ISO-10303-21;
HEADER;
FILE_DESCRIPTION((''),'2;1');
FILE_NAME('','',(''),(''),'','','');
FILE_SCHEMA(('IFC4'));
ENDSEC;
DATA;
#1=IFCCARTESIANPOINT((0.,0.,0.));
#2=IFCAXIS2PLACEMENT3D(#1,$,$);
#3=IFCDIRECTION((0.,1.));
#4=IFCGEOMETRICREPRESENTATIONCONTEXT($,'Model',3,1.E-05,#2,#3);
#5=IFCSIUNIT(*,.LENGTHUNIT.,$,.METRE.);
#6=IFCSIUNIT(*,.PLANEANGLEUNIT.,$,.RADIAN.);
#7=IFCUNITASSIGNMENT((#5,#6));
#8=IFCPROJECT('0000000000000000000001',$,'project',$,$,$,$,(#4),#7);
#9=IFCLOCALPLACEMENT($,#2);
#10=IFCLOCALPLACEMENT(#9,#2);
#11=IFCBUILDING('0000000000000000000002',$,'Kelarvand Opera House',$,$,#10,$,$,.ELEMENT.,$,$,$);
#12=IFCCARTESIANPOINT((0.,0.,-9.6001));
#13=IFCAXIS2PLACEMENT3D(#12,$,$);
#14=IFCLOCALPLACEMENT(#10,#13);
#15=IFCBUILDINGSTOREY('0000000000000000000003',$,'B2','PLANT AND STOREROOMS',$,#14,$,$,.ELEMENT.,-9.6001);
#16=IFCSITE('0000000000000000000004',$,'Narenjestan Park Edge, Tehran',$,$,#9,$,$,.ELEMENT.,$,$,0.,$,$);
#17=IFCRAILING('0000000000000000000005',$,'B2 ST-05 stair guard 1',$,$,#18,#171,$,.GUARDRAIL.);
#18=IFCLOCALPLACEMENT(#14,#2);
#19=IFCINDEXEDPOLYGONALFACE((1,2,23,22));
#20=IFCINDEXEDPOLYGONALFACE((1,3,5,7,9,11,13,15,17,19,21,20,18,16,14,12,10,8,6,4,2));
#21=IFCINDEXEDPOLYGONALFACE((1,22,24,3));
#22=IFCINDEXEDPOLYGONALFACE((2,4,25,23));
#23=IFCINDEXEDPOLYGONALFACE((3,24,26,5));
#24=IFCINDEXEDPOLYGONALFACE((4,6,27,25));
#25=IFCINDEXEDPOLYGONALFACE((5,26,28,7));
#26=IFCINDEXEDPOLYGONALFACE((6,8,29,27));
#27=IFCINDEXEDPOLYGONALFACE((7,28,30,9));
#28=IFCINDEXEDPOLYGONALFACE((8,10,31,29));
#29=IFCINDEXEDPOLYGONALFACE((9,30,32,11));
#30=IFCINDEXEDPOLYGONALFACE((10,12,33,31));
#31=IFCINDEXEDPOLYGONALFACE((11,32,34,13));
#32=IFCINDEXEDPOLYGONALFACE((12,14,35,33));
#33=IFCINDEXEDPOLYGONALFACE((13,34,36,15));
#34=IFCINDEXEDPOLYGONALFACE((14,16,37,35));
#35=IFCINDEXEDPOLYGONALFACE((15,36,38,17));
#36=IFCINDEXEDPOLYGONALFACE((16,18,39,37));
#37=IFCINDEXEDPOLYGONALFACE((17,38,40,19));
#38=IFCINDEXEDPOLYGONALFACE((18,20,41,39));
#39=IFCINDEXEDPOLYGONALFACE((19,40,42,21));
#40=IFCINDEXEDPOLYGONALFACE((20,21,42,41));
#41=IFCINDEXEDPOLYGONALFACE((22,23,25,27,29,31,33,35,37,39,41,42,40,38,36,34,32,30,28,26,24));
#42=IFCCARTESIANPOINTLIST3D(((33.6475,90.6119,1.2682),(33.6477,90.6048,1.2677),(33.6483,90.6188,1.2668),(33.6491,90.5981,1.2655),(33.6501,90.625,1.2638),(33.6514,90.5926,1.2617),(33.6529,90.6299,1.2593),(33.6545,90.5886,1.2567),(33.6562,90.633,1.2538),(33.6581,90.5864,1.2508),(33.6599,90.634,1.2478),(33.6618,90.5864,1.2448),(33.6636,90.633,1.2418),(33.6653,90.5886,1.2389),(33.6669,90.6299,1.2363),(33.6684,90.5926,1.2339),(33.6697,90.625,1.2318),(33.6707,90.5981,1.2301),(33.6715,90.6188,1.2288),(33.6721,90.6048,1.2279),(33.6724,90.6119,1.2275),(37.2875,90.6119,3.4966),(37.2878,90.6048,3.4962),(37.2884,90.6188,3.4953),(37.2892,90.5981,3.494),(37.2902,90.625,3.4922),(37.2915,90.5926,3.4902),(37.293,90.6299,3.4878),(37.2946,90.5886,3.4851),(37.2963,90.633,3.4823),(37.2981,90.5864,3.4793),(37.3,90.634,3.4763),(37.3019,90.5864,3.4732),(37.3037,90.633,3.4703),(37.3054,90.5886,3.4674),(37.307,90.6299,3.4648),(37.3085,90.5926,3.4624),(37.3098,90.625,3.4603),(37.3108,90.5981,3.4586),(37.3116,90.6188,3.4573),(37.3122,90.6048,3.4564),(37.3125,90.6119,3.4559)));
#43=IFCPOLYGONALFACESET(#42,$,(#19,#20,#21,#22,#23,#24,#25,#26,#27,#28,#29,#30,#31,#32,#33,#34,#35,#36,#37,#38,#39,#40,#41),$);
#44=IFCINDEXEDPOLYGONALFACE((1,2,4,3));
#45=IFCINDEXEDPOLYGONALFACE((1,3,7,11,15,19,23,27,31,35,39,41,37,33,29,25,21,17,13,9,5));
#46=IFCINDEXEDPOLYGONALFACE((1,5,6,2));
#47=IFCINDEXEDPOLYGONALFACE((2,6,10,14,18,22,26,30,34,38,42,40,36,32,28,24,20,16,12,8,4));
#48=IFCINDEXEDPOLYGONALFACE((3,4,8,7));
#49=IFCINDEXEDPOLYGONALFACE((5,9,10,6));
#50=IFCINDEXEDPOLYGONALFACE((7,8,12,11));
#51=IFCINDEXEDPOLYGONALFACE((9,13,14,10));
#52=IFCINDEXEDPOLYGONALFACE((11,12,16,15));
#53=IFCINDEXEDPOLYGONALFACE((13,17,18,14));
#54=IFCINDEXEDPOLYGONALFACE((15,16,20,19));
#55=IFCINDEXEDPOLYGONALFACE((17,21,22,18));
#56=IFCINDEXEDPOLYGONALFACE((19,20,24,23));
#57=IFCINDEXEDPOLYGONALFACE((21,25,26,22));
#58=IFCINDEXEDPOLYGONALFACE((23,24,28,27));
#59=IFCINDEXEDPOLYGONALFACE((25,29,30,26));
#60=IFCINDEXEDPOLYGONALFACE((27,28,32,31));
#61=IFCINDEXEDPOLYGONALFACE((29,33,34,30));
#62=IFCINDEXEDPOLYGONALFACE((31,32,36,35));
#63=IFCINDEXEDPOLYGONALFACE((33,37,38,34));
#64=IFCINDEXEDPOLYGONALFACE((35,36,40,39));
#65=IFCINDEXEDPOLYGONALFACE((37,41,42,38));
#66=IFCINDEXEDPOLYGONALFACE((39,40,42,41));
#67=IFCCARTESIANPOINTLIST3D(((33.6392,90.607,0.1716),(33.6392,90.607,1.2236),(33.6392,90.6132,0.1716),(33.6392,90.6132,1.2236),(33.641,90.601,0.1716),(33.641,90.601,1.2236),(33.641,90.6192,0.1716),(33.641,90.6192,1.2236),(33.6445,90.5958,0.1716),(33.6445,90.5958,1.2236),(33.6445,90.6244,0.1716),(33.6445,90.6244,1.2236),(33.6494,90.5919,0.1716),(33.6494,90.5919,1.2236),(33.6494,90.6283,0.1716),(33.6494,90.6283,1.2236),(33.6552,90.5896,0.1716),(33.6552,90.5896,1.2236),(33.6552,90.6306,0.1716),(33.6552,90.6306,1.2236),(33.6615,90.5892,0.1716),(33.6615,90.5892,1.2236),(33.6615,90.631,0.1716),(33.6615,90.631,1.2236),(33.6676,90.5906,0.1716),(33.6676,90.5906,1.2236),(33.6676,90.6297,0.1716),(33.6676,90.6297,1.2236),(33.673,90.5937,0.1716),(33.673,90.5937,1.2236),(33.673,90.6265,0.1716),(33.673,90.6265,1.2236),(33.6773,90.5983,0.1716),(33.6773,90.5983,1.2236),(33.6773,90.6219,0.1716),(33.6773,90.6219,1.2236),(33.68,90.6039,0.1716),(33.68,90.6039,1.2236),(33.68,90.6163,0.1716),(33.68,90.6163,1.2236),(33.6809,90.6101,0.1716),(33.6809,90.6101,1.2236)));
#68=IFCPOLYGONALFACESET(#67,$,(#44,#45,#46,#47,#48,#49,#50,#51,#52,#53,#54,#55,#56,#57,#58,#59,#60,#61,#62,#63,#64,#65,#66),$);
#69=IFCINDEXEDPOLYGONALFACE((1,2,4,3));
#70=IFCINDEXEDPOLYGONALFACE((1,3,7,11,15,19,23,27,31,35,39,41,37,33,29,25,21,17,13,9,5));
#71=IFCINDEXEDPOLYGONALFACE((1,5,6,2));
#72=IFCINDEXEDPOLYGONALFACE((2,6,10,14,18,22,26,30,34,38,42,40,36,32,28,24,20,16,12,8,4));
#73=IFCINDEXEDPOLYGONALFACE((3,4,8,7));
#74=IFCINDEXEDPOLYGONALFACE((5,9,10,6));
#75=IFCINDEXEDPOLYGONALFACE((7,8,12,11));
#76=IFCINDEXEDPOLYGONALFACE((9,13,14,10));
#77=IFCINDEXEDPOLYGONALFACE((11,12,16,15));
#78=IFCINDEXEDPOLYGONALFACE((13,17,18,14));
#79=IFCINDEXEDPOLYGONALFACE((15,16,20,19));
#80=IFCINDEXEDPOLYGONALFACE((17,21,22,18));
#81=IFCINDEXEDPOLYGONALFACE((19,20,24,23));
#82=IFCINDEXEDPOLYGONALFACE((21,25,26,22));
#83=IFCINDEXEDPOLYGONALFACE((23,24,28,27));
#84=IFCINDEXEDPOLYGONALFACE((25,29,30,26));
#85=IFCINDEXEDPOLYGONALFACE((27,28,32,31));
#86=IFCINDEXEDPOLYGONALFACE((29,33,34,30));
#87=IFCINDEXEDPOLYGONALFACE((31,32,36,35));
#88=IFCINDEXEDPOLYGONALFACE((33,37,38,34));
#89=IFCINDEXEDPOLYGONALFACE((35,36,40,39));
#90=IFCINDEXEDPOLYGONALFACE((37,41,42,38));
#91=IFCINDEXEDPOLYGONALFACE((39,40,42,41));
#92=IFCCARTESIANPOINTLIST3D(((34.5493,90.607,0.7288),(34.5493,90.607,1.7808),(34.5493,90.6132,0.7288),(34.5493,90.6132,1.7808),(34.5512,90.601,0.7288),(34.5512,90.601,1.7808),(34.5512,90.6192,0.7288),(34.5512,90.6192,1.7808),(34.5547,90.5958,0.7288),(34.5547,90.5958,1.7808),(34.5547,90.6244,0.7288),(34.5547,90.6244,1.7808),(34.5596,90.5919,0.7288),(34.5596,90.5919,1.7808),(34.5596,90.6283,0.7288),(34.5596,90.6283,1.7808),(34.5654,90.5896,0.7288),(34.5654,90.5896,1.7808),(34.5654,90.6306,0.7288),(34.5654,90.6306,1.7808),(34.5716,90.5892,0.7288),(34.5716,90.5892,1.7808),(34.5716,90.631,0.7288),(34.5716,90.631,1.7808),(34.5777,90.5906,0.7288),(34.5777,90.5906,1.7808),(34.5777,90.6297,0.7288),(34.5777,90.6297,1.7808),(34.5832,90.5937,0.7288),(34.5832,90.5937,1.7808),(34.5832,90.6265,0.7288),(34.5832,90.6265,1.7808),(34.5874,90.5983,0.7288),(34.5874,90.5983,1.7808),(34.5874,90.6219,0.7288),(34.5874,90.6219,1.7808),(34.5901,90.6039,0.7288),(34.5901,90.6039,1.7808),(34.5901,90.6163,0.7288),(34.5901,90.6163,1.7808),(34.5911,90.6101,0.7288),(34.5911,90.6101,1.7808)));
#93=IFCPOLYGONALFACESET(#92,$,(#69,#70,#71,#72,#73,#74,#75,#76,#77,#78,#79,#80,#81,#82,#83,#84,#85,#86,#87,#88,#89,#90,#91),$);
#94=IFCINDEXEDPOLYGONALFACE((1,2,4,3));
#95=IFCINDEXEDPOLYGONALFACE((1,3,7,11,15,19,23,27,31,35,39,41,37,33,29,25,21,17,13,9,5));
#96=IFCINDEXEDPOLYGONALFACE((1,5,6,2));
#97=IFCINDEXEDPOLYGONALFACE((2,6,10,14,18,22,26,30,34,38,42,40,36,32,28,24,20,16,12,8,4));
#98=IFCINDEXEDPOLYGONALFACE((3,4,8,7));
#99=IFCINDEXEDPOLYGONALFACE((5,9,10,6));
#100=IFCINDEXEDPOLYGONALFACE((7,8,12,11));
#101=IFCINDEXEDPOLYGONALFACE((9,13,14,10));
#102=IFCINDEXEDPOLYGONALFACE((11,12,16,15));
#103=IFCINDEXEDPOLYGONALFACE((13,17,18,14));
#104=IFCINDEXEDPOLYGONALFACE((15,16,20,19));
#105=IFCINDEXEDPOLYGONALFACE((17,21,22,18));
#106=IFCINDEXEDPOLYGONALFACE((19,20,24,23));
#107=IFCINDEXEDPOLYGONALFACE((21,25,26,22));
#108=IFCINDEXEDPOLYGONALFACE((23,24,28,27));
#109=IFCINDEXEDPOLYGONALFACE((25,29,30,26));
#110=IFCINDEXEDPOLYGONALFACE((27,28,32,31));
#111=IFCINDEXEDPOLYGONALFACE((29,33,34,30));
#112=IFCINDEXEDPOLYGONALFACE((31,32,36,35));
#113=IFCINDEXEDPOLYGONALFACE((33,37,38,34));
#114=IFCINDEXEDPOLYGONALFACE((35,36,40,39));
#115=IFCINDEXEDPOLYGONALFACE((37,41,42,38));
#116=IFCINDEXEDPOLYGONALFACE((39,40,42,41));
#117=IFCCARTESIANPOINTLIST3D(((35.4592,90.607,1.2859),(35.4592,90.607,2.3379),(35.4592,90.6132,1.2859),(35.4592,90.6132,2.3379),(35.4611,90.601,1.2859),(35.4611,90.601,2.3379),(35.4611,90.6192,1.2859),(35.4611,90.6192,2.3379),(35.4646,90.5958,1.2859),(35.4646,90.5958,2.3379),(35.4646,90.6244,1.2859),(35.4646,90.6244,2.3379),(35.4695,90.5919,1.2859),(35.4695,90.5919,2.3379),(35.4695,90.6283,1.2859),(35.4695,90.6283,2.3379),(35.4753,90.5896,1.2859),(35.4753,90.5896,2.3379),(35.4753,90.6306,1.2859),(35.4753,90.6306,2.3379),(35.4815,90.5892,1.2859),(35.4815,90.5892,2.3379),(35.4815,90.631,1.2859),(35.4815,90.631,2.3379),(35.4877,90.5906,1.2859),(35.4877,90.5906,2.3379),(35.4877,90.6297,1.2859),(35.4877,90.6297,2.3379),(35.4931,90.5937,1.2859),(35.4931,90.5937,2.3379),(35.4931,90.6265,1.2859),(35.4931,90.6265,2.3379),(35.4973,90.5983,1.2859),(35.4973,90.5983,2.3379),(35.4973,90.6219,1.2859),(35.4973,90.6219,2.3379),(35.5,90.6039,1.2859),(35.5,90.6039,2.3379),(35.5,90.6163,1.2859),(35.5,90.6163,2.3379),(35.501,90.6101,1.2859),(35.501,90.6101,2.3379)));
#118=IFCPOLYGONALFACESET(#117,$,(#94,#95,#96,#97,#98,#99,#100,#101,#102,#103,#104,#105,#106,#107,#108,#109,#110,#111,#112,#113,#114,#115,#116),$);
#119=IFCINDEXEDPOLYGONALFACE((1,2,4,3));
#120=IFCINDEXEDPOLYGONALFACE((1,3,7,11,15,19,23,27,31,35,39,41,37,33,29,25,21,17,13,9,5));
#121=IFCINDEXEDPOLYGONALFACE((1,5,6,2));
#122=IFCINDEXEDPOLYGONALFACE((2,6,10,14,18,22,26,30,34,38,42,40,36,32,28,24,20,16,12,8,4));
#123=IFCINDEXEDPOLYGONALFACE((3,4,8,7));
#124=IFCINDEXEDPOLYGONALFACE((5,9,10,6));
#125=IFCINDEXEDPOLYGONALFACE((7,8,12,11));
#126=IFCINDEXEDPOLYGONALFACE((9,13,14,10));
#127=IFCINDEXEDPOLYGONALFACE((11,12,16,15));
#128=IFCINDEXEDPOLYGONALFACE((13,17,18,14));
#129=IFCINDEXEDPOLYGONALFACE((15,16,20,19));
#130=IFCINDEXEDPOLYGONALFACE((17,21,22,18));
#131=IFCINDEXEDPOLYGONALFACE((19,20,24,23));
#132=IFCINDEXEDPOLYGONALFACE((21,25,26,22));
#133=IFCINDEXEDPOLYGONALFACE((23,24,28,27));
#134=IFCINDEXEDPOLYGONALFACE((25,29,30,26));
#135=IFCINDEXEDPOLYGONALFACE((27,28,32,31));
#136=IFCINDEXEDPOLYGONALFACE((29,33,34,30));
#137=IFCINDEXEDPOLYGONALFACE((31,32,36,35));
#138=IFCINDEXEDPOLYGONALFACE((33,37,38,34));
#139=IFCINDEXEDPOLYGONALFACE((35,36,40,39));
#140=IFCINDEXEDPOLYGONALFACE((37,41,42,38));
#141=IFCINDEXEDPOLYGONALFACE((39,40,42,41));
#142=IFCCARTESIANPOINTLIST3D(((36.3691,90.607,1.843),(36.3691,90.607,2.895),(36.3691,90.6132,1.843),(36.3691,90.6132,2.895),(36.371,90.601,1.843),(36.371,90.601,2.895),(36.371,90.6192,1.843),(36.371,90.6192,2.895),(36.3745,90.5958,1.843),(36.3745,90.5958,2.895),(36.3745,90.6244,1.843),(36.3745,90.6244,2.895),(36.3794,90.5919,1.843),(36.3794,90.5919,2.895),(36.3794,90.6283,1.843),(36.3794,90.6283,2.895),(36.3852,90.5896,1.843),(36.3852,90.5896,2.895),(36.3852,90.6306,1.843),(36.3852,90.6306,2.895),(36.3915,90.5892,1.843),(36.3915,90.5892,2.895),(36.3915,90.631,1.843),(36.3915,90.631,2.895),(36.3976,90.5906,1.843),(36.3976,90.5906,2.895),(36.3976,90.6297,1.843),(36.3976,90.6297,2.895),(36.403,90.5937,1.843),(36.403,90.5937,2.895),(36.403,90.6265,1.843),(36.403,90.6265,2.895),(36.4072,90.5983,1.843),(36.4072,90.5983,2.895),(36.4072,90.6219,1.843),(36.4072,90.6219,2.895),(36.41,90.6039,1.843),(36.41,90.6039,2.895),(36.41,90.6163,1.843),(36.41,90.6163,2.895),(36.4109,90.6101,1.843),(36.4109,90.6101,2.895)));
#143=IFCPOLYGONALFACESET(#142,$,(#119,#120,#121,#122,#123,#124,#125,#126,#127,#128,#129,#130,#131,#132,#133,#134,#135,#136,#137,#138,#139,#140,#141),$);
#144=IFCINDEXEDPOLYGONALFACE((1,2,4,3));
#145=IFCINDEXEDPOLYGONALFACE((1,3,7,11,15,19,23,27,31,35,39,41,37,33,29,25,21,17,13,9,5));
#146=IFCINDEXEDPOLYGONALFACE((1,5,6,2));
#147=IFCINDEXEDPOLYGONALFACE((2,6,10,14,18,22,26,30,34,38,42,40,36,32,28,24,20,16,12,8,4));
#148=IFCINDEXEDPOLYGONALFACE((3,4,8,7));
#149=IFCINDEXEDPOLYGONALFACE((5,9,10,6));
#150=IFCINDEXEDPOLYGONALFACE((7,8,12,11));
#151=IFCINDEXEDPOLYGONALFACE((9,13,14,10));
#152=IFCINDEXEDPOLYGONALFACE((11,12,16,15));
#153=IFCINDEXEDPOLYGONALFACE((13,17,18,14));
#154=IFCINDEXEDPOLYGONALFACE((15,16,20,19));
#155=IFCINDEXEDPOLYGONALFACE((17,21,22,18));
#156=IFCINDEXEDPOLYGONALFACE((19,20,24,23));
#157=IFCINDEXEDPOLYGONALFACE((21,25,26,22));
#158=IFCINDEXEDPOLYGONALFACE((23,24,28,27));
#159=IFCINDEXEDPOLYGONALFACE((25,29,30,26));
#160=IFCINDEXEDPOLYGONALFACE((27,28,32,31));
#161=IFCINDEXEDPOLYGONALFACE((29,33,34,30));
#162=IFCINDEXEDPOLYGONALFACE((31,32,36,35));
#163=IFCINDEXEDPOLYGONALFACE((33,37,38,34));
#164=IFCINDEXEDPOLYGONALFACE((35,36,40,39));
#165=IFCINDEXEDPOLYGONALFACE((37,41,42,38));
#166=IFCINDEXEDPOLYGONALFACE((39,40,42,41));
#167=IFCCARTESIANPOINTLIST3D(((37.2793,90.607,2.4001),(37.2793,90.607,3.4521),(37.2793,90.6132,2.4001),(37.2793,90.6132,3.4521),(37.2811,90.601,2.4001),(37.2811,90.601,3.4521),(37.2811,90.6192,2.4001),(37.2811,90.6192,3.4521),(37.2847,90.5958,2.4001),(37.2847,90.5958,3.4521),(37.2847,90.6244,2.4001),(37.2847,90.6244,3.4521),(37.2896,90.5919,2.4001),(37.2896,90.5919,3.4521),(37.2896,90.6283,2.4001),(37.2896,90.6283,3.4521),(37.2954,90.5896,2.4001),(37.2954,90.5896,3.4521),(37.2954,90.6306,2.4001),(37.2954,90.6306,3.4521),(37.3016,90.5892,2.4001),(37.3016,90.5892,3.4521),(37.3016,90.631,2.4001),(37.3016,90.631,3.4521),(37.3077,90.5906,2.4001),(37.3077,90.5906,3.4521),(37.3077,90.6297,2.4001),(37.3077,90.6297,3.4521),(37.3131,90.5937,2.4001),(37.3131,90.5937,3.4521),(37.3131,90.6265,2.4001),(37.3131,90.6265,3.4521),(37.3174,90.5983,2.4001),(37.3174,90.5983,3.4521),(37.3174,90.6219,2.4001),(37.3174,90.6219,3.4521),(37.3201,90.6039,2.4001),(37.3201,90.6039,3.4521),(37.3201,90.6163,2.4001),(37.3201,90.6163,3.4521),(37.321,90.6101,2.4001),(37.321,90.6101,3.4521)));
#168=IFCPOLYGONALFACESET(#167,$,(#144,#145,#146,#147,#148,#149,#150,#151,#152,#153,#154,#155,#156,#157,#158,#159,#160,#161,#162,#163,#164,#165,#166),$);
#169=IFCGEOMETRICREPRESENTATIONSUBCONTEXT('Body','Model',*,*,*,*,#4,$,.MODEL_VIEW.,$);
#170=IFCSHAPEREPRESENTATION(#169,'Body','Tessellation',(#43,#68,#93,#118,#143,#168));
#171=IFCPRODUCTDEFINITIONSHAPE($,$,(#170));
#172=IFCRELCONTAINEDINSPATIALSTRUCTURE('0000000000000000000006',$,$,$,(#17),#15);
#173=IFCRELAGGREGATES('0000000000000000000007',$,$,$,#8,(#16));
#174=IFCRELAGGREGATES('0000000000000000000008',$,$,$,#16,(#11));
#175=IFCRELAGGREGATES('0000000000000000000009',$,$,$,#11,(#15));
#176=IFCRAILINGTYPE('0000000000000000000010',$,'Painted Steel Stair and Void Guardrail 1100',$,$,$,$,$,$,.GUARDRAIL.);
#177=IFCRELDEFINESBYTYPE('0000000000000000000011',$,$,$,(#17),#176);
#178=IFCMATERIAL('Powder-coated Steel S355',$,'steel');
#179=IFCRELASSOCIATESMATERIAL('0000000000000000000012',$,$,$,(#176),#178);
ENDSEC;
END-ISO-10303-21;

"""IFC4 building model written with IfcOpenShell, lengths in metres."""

from ifc_helpers import new_model, si_unit, direction, frame, origin, origin_2d, place, context, subcontext, project, spatial, circle, extrude, material, type_object, element, save


model = new_model("IFC4")

# Units and contexts
model_context = context("Model", 3, precision=1e-05, world=origin(), true_north=direction((0.0, 1.0)))
body_context = subcontext(model_context, "Body", "Model", "MODEL_VIEW")
ifc_project = project(units=[si_unit("LENGTHUNIT", "METRE"), si_unit("PLANEANGLEUNIT", "RADIAN")], contexts=[model_context])

# Site, building, storey
site_placement = place(None, origin())
site = spatial("IfcSite", under=ifc_project, at=site_placement, Name="Narenjestan Park Edge, Tehran", CompositionType="ELEMENT", RefElevation=0.0)
building_placement = place(site_placement, origin())
building = spatial("IfcBuilding", under=site, at=building_placement, Name="Kelarvand Opera House", CompositionType="ELEMENT")
storey_placement = place(building_placement, frame((0.0, 0.0, -9.6001)))
storey = spatial("IfcBuildingStorey", under=building, at=storey_placement, Name="B2", Description="PLANT AND STOREROOMS", CompositionType="ELEMENT", Elevation=-9.6001)

# Railing
ifc_material_1 = material(Name="Powder-coated Steel S355", Category="steel")
railing_type_1 = type_object("IfcRailingType", Name="Painted Steel Stair and Void Guardrail 1100", PredefinedType="GUARDRAIL", material=ifc_material_1)
railing_1_placement = place(storey_placement, frame((33.6599, 90.6101, 0.1716)))
element("IfcRailing", 1, at=railing_1_placement, inside=storey, type_object=railing_type_1, Name="B2 ST-05 stair guard 1", PredefinedType="GUARDRAIL", context=body_context, shape_type="SweptSolid", body=[
    extrude(circle(Radius=0.0239, at=origin_2d()), frame((0.0, 0.0, 1.0762), z_axis=(0.852866, 0.0, 0.52213), x_axis=(0.0, 1.0, 0.0)), (0.0, 0.0, 1.0), 4.2681),
    extrude(circle(Radius=0.021, at=origin_2d()), origin(), (0.0, 0.0, 1.0), 1.052),
    extrude(circle(Radius=0.021, at=origin_2d()), frame((0.9102, 0.0, 0.5571)), (0.0, 0.0, 1.0), 1.052),
    extrude(circle(Radius=0.021, at=origin_2d()), frame((1.8201, 0.0, 1.1143)), (0.0, 0.0, 1.0), 1.052),
    extrude(circle(Radius=0.021, at=origin_2d()), frame((2.73, 0.0, 1.6714)), (0.0, 0.0, 1.0), 1.052),
    extrude(circle(Radius=0.021, at=origin_2d()), frame((3.6401, 0.0, 2.2285)), (0.0, 0.0, 1.0), 1.052),
])

save(model, "model.ifc")
